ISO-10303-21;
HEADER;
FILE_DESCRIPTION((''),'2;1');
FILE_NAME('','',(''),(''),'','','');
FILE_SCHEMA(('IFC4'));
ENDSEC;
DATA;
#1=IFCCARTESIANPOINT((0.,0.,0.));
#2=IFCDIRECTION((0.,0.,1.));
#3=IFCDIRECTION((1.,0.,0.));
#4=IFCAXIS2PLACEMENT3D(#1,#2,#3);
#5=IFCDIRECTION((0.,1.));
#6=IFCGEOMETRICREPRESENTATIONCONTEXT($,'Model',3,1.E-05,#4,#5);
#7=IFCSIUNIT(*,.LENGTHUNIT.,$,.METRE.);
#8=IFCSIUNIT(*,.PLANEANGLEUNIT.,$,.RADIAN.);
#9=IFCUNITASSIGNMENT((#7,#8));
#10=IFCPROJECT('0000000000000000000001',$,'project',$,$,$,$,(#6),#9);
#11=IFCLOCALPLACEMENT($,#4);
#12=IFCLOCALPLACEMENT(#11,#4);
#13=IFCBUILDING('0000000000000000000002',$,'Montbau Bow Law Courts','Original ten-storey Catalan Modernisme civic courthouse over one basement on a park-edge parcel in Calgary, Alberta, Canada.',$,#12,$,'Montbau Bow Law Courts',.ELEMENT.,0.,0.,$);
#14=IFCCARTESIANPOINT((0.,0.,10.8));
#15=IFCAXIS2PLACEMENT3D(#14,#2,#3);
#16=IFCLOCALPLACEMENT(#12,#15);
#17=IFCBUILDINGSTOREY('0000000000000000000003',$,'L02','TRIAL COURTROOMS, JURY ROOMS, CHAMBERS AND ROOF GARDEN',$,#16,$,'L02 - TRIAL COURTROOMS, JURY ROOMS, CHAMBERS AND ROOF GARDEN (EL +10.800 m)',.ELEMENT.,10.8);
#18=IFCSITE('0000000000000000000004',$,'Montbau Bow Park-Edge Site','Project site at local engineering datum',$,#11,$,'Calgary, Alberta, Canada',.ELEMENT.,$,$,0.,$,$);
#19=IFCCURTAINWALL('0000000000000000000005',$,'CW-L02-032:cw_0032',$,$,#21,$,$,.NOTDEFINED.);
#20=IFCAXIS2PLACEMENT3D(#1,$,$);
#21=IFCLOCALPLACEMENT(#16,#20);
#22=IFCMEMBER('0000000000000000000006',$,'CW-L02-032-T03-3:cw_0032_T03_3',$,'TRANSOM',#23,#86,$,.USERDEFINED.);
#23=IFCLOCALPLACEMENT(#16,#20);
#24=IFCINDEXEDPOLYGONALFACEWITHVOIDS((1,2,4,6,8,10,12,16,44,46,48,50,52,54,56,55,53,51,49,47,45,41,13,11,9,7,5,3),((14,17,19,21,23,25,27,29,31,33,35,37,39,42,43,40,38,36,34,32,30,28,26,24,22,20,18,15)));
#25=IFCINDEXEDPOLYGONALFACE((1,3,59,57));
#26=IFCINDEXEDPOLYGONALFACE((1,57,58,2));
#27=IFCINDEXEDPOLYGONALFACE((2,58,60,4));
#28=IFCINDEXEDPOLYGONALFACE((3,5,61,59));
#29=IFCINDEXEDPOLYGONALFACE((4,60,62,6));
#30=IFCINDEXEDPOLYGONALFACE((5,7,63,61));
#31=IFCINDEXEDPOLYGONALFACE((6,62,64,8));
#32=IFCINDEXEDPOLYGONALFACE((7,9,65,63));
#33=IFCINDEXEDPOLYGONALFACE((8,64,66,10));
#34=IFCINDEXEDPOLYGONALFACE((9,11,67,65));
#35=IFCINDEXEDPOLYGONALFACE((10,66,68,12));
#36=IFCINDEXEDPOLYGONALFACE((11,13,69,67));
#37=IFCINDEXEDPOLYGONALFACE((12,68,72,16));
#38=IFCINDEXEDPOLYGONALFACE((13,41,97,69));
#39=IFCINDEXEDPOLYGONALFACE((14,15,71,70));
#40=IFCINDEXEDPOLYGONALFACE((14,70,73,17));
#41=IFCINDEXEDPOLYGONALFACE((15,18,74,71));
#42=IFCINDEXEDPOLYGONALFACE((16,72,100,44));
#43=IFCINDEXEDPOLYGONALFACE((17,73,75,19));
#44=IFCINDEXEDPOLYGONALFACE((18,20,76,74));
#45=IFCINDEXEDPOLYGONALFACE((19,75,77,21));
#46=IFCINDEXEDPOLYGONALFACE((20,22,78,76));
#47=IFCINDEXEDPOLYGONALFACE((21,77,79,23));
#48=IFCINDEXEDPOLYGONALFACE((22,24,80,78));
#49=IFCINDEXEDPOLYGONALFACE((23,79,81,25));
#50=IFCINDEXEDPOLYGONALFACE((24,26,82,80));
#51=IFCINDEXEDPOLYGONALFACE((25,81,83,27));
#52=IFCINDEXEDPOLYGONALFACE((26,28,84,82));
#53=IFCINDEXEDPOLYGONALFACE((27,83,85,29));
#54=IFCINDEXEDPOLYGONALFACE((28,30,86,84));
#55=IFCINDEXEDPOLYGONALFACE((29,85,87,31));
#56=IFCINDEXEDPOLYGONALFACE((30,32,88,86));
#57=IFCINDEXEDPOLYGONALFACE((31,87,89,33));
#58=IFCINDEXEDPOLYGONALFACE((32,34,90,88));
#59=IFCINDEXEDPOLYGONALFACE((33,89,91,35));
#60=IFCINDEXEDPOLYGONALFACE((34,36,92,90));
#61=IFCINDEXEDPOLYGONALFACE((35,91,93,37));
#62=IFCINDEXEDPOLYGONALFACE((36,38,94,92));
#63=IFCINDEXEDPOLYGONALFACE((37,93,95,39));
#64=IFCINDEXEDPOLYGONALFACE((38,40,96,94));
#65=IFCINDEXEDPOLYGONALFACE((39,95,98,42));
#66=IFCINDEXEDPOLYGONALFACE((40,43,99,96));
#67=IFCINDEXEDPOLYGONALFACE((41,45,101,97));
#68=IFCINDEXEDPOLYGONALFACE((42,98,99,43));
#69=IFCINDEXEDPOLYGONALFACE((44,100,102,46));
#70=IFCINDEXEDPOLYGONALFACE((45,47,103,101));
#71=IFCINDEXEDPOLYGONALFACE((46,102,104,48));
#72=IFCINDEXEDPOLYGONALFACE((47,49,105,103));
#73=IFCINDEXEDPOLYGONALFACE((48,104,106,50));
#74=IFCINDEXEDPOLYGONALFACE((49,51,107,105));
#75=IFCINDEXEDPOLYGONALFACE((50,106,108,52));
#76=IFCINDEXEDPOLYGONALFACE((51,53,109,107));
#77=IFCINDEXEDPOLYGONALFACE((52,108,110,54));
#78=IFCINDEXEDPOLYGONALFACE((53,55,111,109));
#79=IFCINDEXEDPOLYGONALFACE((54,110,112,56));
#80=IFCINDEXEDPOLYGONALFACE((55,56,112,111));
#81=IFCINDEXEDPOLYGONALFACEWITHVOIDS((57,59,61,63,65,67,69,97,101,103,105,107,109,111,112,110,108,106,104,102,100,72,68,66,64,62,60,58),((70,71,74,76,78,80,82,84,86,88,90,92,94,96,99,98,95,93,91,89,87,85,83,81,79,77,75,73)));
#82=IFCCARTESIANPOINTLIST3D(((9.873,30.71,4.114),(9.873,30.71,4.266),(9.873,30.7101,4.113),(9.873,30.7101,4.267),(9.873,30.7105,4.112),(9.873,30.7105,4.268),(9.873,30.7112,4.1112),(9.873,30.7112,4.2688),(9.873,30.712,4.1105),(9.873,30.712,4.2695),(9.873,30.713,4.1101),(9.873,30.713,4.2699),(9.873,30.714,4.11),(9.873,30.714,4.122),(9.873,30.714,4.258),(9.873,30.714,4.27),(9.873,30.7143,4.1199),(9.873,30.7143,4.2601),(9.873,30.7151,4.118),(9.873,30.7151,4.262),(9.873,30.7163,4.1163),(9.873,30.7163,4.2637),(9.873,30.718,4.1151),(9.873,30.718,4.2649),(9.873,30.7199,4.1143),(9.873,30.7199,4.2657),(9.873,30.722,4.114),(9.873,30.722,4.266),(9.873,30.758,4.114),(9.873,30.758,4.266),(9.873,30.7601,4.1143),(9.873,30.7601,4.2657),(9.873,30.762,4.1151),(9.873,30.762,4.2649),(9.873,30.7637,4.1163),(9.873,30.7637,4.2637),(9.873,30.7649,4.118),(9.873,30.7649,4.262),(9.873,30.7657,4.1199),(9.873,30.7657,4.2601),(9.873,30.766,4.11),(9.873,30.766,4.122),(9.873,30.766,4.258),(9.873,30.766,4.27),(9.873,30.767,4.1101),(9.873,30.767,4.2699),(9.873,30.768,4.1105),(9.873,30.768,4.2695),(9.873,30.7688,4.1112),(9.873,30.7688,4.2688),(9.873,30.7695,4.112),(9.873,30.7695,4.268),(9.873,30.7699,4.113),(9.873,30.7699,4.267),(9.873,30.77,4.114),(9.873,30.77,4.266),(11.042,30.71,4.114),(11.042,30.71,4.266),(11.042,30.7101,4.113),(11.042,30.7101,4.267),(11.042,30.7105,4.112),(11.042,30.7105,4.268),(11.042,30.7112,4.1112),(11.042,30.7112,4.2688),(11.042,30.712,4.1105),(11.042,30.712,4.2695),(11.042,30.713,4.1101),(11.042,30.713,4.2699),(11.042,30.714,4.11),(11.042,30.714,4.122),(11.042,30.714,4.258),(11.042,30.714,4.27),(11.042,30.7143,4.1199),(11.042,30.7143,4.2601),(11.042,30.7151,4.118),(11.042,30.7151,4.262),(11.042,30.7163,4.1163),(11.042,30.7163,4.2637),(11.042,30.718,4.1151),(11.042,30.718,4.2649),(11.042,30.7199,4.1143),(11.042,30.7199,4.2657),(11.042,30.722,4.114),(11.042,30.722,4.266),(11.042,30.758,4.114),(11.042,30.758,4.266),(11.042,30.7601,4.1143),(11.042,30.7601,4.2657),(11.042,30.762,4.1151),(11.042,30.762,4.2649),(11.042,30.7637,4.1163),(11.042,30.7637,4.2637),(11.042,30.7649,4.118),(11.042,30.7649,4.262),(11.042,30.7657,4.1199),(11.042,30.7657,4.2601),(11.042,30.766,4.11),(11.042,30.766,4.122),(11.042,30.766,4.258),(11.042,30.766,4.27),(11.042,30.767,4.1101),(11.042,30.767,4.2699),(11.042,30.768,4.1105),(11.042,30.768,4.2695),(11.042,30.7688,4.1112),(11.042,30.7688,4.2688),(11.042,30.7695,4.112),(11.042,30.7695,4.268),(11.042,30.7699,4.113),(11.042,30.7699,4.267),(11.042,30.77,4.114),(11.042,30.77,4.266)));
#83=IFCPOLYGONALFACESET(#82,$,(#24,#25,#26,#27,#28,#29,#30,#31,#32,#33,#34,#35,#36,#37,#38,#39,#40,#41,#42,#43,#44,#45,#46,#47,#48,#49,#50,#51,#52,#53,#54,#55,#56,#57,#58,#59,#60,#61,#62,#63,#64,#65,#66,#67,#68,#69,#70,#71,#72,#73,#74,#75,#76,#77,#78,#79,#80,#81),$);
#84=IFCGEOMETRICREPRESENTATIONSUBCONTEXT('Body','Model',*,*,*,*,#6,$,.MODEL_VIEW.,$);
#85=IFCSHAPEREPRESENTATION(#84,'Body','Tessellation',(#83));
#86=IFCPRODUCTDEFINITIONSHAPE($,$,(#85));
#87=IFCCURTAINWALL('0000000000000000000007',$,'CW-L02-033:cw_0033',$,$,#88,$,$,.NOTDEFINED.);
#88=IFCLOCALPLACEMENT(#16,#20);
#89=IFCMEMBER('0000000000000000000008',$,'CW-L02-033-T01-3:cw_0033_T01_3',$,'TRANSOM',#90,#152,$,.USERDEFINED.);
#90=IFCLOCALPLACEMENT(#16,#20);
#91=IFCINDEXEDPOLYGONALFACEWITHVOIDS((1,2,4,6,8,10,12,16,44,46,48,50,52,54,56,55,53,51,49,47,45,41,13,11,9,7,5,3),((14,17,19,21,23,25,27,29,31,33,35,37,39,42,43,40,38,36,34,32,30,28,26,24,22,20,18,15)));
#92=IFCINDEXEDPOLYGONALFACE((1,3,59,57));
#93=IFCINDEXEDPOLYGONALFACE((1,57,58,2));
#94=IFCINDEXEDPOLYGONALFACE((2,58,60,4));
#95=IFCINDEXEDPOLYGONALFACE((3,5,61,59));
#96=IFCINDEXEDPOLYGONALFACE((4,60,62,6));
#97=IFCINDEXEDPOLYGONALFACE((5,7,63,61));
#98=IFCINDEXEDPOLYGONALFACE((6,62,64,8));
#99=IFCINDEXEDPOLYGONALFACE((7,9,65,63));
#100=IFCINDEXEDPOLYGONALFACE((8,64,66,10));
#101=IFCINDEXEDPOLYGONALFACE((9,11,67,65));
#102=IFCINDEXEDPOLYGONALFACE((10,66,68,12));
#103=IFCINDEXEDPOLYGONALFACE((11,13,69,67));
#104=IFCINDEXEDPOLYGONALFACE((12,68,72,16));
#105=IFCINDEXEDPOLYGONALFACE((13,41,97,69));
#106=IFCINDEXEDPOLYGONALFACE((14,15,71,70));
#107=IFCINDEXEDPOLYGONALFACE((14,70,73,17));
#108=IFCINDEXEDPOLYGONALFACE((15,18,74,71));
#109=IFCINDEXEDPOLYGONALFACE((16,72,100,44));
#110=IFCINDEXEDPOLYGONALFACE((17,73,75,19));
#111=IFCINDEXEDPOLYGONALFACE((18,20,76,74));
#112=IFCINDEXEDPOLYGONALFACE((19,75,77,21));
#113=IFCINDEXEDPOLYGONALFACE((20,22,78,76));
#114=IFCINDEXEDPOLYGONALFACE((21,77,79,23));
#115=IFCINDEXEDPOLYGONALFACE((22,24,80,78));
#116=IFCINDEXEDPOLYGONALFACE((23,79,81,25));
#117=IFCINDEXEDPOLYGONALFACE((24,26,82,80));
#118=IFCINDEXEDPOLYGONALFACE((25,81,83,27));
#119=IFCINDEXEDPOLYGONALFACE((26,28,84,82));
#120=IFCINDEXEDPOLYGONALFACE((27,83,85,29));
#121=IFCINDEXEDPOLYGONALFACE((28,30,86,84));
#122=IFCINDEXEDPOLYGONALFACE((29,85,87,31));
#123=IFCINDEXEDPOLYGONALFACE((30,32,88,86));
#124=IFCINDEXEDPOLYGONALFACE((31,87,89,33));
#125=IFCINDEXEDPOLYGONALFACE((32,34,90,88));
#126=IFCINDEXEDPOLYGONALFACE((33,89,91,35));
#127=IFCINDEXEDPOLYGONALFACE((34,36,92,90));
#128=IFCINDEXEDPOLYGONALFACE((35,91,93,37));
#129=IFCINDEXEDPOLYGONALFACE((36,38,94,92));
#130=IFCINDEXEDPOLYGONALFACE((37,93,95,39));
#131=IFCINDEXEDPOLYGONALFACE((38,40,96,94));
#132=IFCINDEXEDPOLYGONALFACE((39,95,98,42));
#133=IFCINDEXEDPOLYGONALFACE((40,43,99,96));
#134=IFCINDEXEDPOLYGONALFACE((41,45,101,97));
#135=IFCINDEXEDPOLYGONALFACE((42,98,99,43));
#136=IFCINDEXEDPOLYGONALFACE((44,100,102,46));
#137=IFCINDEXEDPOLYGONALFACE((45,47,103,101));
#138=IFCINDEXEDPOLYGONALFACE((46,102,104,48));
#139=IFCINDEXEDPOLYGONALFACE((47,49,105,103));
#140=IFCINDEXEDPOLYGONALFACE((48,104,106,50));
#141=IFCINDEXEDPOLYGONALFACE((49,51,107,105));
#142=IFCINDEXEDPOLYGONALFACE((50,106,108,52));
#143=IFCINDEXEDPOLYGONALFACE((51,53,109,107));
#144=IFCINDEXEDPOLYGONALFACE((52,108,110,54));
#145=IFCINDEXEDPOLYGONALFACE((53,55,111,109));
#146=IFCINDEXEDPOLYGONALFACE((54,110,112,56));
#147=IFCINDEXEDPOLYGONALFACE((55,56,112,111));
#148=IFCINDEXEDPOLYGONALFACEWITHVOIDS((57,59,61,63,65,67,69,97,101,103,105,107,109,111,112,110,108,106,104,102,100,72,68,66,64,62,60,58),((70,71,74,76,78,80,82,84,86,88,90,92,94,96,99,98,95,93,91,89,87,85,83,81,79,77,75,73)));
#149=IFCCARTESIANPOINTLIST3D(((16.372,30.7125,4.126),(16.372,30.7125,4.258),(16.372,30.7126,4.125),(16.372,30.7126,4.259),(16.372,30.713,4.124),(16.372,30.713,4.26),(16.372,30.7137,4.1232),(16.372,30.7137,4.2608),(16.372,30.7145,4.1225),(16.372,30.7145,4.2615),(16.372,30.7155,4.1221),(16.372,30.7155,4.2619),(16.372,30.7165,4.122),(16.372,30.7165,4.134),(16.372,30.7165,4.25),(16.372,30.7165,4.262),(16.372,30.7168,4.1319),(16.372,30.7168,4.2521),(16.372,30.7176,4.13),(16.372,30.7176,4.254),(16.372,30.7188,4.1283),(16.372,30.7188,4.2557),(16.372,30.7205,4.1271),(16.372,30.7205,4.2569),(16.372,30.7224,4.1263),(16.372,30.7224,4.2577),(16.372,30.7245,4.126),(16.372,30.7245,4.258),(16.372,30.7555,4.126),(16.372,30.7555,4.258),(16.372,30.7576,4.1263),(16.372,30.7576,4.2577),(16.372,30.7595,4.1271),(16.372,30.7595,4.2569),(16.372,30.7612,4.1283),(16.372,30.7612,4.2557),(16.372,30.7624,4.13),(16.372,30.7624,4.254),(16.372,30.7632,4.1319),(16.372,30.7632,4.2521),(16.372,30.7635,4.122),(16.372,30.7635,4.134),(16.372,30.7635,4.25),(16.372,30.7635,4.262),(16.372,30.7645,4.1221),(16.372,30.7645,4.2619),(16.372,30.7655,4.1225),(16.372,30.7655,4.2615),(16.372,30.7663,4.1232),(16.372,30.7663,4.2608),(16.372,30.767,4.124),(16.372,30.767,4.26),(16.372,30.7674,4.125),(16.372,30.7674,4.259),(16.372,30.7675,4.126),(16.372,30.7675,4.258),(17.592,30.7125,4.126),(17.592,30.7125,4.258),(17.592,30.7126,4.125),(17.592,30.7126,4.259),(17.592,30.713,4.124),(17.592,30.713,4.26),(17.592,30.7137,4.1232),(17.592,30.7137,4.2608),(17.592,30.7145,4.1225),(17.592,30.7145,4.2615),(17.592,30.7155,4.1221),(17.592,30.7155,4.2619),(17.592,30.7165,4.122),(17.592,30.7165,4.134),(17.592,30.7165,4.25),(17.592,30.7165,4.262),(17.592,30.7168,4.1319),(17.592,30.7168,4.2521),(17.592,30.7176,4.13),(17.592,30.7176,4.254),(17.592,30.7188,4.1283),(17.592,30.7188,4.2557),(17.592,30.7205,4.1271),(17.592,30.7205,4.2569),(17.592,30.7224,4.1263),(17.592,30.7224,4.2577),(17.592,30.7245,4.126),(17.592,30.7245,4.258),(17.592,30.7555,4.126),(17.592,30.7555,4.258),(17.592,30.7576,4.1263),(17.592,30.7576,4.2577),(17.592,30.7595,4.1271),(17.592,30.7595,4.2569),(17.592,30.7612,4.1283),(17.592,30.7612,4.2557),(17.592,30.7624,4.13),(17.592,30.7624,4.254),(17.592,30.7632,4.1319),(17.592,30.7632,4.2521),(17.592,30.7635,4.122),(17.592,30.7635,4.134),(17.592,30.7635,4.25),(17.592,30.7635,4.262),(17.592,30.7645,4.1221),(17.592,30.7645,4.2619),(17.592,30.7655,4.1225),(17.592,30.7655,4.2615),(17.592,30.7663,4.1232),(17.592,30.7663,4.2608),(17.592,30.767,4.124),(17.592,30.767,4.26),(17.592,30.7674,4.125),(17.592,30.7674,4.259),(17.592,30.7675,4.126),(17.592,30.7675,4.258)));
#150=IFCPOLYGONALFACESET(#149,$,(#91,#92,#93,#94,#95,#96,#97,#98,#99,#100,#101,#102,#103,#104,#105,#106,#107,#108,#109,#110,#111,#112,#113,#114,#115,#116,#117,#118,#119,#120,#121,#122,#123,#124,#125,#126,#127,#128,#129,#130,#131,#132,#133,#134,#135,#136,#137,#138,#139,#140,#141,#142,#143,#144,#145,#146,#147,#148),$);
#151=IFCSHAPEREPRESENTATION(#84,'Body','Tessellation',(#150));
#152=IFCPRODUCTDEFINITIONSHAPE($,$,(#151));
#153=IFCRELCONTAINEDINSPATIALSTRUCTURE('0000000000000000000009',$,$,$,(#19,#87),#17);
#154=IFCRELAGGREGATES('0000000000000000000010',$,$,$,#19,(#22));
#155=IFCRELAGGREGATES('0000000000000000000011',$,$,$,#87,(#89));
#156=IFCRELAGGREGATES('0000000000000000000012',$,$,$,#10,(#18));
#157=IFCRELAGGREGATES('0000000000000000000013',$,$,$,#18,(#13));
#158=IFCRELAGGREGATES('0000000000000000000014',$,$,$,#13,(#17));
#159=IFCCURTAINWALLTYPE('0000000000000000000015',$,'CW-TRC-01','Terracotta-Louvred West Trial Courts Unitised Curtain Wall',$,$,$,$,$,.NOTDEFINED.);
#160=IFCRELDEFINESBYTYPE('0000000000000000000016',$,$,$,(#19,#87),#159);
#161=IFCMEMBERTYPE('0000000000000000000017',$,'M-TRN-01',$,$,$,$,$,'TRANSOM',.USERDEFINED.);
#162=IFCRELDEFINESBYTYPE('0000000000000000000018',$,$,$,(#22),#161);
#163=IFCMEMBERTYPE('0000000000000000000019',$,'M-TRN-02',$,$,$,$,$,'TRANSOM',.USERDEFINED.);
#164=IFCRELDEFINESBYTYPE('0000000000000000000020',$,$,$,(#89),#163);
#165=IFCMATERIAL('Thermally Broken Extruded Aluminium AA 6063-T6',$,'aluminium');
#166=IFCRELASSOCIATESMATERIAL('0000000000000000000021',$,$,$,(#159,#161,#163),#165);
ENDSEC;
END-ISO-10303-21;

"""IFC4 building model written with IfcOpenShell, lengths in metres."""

from ifc_helpers import new_model, si_unit, direction, frame, origin_with_axes, origin_2d_with_axis, place, context, subcontext, project, spatial, hollow_rectangle, extrude, material, material_profile, profile_set, type_object, element, aggregate, save


model = new_model("IFC4")

# Units and contexts
model_context = context("Model", 3, precision=1e-05, world=origin_with_axes(), true_north=direction((0.0, 1.0)))
body_context = subcontext(model_context, "Body", "Model", "MODEL_VIEW")
ifc_project = project(units=[si_unit("LENGTHUNIT", "METRE"), si_unit("PLANEANGLEUNIT", "RADIAN")], contexts=[model_context])

# Site, building, storey
site_placement = place(None, origin_with_axes())
site = spatial("IfcSite", under=ifc_project, at=site_placement, Name="Montbau Bow Park-Edge Site", Description="Project site at local engineering datum", LongName="Calgary, Alberta, Canada", CompositionType="ELEMENT", RefElevation=0.0)
building_placement = place(site_placement, origin_with_axes())
building = spatial("IfcBuilding", under=site, at=building_placement, Name="Montbau Bow Law Courts", Description="Original ten-storey Catalan Modernisme civic courthouse over one basement on a park-edge parcel in Calgary, Alberta, Canada.", LongName="Montbau Bow Law Courts", CompositionType="ELEMENT", ElevationOfRefHeight=0.0, ElevationOfTerrain=0.0)
storey_placement = place(building_placement, frame((0.0, 0.0, 10.8), z_axis=(0.0, 0.0, 1.0), x_axis=(1.0, 0.0, 0.0)))
storey = spatial("IfcBuildingStorey", under=building, at=storey_placement, Name="L02", Description="TRIAL COURTROOMS, JURY ROOMS, CHAMBERS AND ROOF GARDEN", LongName="L02 - TRIAL COURTROOMS, JURY ROOMS, CHAMBERS AND ROOF GARDEN (EL +10.800 m)", CompositionType="ELEMENT", Elevation=10.8)

# Curtain walls, members
ifc_material_1 = material(Name="Thermally Broken Extruded Aluminium AA 6063-T6", Category="aluminium")
curtain_wall_type = type_object("IfcCurtainWallType", Name="CW-TRC-01", Description="Terracotta-Louvred West Trial Courts Unitised Curtain Wall", PredefinedType="NOTDEFINED", material=ifc_material_1)
curtain_wall_1_placement = place(None, frame((7.315, 30.74, 10.8), z_axis=(0.0, 0.0, 1.0), x_axis=(1.0, 0.0, 0.0)))
curtain_wall_1 = element("IfcCurtainWall", 1, at=curtain_wall_1_placement, inside=storey, type_object=curtain_wall_type, Name="CW-L02-032:cw_0032", PredefinedType="NOTDEFINED")
ifc_material_profile_1 = material_profile(ifc_material_1, hollow_rectangle(XDim=0.06, YDim=0.16, WallThickness=0.004, InnerFilletRadius=0.008, OuterFilletRadius=0.004, at=origin_2d_with_axis()), Name="CWT-160X60", Category="Main", Priority=0)
ifc_profile_set_1 = profile_set([ifc_material_profile_1], Name="Thermally Broken Extruded Aluminium AA 6063-T6")
member_type_1 = type_object("IfcMemberType", Name="M-TRN-01", ElementType="TRANSOM", PredefinedType="USERDEFINED", material=ifc_profile_set_1)
member_1_placement = place(None, frame((9.873, 30.74, 14.99), z_axis=(1.0, 0.0, 0.0), x_axis=(0.0, 1.0, 0.0)))
member_1 = element("IfcMember", 2, at=member_1_placement, type_object=member_type_1, Name="CW-L02-032-T03-3:cw_0032_T03_3", ObjectType="TRANSOM", PredefinedType="USERDEFINED", context=body_context, shape_type="SweptSolid", body=[
    extrude(hollow_rectangle(XDim=0.06, YDim=0.16, WallThickness=0.004, InnerFilletRadius=0.008, OuterFilletRadius=0.004, at=origin_2d_with_axis()), origin_with_axes(), (0.0, 0.0, 1.0), 1.169),
])
aggregate(curtain_wall_1, [member_1])
curtain_wall_2_placement = place(None, frame((16.296, 30.74, 10.8), z_axis=(0.0, 0.0, 1.0), x_axis=(1.0, 0.0, 0.0)))
curtain_wall_2 = element("IfcCurtainWall", 3, at=curtain_wall_2_placement, inside=storey, type_object=curtain_wall_type, Name="CW-L02-033:cw_0033", PredefinedType="NOTDEFINED")
ifc_material_profile_2 = material_profile(ifc_material_1, hollow_rectangle(XDim=0.055, YDim=0.14, WallThickness=0.004, InnerFilletRadius=0.008, OuterFilletRadius=0.004, at=origin_2d_with_axis()), Name="CWT-140X55", Category="Main", Priority=0)
ifc_profile_set_2 = profile_set([ifc_material_profile_2], Name="Thermally Broken Extruded Aluminium AA 6063-T6")
member_type_2 = type_object("IfcMemberType", Name="M-TRN-02", ElementType="TRANSOM", PredefinedType="USERDEFINED", material=ifc_profile_set_2)
member_2_placement = place(None, frame((16.372, 30.74, 14.992), z_axis=(1.0, 0.0, 0.0), x_axis=(0.0, 1.0, 0.0)))
member_2 = element("IfcMember", 4, at=member_2_placement, type_object=member_type_2, Name="CW-L02-033-T01-3:cw_0033_T01_3", ObjectType="TRANSOM", PredefinedType="USERDEFINED", context=body_context, shape_type="SweptSolid", body=[
    extrude(hollow_rectangle(XDim=0.055, YDim=0.14, WallThickness=0.004, InnerFilletRadius=0.008, OuterFilletRadius=0.004, at=origin_2d_with_axis()), origin_with_axes(), (0.0, 0.0, 1.0), 1.22),
])
aggregate(curtain_wall_2, [member_2])

save(model, "model.ifc")
